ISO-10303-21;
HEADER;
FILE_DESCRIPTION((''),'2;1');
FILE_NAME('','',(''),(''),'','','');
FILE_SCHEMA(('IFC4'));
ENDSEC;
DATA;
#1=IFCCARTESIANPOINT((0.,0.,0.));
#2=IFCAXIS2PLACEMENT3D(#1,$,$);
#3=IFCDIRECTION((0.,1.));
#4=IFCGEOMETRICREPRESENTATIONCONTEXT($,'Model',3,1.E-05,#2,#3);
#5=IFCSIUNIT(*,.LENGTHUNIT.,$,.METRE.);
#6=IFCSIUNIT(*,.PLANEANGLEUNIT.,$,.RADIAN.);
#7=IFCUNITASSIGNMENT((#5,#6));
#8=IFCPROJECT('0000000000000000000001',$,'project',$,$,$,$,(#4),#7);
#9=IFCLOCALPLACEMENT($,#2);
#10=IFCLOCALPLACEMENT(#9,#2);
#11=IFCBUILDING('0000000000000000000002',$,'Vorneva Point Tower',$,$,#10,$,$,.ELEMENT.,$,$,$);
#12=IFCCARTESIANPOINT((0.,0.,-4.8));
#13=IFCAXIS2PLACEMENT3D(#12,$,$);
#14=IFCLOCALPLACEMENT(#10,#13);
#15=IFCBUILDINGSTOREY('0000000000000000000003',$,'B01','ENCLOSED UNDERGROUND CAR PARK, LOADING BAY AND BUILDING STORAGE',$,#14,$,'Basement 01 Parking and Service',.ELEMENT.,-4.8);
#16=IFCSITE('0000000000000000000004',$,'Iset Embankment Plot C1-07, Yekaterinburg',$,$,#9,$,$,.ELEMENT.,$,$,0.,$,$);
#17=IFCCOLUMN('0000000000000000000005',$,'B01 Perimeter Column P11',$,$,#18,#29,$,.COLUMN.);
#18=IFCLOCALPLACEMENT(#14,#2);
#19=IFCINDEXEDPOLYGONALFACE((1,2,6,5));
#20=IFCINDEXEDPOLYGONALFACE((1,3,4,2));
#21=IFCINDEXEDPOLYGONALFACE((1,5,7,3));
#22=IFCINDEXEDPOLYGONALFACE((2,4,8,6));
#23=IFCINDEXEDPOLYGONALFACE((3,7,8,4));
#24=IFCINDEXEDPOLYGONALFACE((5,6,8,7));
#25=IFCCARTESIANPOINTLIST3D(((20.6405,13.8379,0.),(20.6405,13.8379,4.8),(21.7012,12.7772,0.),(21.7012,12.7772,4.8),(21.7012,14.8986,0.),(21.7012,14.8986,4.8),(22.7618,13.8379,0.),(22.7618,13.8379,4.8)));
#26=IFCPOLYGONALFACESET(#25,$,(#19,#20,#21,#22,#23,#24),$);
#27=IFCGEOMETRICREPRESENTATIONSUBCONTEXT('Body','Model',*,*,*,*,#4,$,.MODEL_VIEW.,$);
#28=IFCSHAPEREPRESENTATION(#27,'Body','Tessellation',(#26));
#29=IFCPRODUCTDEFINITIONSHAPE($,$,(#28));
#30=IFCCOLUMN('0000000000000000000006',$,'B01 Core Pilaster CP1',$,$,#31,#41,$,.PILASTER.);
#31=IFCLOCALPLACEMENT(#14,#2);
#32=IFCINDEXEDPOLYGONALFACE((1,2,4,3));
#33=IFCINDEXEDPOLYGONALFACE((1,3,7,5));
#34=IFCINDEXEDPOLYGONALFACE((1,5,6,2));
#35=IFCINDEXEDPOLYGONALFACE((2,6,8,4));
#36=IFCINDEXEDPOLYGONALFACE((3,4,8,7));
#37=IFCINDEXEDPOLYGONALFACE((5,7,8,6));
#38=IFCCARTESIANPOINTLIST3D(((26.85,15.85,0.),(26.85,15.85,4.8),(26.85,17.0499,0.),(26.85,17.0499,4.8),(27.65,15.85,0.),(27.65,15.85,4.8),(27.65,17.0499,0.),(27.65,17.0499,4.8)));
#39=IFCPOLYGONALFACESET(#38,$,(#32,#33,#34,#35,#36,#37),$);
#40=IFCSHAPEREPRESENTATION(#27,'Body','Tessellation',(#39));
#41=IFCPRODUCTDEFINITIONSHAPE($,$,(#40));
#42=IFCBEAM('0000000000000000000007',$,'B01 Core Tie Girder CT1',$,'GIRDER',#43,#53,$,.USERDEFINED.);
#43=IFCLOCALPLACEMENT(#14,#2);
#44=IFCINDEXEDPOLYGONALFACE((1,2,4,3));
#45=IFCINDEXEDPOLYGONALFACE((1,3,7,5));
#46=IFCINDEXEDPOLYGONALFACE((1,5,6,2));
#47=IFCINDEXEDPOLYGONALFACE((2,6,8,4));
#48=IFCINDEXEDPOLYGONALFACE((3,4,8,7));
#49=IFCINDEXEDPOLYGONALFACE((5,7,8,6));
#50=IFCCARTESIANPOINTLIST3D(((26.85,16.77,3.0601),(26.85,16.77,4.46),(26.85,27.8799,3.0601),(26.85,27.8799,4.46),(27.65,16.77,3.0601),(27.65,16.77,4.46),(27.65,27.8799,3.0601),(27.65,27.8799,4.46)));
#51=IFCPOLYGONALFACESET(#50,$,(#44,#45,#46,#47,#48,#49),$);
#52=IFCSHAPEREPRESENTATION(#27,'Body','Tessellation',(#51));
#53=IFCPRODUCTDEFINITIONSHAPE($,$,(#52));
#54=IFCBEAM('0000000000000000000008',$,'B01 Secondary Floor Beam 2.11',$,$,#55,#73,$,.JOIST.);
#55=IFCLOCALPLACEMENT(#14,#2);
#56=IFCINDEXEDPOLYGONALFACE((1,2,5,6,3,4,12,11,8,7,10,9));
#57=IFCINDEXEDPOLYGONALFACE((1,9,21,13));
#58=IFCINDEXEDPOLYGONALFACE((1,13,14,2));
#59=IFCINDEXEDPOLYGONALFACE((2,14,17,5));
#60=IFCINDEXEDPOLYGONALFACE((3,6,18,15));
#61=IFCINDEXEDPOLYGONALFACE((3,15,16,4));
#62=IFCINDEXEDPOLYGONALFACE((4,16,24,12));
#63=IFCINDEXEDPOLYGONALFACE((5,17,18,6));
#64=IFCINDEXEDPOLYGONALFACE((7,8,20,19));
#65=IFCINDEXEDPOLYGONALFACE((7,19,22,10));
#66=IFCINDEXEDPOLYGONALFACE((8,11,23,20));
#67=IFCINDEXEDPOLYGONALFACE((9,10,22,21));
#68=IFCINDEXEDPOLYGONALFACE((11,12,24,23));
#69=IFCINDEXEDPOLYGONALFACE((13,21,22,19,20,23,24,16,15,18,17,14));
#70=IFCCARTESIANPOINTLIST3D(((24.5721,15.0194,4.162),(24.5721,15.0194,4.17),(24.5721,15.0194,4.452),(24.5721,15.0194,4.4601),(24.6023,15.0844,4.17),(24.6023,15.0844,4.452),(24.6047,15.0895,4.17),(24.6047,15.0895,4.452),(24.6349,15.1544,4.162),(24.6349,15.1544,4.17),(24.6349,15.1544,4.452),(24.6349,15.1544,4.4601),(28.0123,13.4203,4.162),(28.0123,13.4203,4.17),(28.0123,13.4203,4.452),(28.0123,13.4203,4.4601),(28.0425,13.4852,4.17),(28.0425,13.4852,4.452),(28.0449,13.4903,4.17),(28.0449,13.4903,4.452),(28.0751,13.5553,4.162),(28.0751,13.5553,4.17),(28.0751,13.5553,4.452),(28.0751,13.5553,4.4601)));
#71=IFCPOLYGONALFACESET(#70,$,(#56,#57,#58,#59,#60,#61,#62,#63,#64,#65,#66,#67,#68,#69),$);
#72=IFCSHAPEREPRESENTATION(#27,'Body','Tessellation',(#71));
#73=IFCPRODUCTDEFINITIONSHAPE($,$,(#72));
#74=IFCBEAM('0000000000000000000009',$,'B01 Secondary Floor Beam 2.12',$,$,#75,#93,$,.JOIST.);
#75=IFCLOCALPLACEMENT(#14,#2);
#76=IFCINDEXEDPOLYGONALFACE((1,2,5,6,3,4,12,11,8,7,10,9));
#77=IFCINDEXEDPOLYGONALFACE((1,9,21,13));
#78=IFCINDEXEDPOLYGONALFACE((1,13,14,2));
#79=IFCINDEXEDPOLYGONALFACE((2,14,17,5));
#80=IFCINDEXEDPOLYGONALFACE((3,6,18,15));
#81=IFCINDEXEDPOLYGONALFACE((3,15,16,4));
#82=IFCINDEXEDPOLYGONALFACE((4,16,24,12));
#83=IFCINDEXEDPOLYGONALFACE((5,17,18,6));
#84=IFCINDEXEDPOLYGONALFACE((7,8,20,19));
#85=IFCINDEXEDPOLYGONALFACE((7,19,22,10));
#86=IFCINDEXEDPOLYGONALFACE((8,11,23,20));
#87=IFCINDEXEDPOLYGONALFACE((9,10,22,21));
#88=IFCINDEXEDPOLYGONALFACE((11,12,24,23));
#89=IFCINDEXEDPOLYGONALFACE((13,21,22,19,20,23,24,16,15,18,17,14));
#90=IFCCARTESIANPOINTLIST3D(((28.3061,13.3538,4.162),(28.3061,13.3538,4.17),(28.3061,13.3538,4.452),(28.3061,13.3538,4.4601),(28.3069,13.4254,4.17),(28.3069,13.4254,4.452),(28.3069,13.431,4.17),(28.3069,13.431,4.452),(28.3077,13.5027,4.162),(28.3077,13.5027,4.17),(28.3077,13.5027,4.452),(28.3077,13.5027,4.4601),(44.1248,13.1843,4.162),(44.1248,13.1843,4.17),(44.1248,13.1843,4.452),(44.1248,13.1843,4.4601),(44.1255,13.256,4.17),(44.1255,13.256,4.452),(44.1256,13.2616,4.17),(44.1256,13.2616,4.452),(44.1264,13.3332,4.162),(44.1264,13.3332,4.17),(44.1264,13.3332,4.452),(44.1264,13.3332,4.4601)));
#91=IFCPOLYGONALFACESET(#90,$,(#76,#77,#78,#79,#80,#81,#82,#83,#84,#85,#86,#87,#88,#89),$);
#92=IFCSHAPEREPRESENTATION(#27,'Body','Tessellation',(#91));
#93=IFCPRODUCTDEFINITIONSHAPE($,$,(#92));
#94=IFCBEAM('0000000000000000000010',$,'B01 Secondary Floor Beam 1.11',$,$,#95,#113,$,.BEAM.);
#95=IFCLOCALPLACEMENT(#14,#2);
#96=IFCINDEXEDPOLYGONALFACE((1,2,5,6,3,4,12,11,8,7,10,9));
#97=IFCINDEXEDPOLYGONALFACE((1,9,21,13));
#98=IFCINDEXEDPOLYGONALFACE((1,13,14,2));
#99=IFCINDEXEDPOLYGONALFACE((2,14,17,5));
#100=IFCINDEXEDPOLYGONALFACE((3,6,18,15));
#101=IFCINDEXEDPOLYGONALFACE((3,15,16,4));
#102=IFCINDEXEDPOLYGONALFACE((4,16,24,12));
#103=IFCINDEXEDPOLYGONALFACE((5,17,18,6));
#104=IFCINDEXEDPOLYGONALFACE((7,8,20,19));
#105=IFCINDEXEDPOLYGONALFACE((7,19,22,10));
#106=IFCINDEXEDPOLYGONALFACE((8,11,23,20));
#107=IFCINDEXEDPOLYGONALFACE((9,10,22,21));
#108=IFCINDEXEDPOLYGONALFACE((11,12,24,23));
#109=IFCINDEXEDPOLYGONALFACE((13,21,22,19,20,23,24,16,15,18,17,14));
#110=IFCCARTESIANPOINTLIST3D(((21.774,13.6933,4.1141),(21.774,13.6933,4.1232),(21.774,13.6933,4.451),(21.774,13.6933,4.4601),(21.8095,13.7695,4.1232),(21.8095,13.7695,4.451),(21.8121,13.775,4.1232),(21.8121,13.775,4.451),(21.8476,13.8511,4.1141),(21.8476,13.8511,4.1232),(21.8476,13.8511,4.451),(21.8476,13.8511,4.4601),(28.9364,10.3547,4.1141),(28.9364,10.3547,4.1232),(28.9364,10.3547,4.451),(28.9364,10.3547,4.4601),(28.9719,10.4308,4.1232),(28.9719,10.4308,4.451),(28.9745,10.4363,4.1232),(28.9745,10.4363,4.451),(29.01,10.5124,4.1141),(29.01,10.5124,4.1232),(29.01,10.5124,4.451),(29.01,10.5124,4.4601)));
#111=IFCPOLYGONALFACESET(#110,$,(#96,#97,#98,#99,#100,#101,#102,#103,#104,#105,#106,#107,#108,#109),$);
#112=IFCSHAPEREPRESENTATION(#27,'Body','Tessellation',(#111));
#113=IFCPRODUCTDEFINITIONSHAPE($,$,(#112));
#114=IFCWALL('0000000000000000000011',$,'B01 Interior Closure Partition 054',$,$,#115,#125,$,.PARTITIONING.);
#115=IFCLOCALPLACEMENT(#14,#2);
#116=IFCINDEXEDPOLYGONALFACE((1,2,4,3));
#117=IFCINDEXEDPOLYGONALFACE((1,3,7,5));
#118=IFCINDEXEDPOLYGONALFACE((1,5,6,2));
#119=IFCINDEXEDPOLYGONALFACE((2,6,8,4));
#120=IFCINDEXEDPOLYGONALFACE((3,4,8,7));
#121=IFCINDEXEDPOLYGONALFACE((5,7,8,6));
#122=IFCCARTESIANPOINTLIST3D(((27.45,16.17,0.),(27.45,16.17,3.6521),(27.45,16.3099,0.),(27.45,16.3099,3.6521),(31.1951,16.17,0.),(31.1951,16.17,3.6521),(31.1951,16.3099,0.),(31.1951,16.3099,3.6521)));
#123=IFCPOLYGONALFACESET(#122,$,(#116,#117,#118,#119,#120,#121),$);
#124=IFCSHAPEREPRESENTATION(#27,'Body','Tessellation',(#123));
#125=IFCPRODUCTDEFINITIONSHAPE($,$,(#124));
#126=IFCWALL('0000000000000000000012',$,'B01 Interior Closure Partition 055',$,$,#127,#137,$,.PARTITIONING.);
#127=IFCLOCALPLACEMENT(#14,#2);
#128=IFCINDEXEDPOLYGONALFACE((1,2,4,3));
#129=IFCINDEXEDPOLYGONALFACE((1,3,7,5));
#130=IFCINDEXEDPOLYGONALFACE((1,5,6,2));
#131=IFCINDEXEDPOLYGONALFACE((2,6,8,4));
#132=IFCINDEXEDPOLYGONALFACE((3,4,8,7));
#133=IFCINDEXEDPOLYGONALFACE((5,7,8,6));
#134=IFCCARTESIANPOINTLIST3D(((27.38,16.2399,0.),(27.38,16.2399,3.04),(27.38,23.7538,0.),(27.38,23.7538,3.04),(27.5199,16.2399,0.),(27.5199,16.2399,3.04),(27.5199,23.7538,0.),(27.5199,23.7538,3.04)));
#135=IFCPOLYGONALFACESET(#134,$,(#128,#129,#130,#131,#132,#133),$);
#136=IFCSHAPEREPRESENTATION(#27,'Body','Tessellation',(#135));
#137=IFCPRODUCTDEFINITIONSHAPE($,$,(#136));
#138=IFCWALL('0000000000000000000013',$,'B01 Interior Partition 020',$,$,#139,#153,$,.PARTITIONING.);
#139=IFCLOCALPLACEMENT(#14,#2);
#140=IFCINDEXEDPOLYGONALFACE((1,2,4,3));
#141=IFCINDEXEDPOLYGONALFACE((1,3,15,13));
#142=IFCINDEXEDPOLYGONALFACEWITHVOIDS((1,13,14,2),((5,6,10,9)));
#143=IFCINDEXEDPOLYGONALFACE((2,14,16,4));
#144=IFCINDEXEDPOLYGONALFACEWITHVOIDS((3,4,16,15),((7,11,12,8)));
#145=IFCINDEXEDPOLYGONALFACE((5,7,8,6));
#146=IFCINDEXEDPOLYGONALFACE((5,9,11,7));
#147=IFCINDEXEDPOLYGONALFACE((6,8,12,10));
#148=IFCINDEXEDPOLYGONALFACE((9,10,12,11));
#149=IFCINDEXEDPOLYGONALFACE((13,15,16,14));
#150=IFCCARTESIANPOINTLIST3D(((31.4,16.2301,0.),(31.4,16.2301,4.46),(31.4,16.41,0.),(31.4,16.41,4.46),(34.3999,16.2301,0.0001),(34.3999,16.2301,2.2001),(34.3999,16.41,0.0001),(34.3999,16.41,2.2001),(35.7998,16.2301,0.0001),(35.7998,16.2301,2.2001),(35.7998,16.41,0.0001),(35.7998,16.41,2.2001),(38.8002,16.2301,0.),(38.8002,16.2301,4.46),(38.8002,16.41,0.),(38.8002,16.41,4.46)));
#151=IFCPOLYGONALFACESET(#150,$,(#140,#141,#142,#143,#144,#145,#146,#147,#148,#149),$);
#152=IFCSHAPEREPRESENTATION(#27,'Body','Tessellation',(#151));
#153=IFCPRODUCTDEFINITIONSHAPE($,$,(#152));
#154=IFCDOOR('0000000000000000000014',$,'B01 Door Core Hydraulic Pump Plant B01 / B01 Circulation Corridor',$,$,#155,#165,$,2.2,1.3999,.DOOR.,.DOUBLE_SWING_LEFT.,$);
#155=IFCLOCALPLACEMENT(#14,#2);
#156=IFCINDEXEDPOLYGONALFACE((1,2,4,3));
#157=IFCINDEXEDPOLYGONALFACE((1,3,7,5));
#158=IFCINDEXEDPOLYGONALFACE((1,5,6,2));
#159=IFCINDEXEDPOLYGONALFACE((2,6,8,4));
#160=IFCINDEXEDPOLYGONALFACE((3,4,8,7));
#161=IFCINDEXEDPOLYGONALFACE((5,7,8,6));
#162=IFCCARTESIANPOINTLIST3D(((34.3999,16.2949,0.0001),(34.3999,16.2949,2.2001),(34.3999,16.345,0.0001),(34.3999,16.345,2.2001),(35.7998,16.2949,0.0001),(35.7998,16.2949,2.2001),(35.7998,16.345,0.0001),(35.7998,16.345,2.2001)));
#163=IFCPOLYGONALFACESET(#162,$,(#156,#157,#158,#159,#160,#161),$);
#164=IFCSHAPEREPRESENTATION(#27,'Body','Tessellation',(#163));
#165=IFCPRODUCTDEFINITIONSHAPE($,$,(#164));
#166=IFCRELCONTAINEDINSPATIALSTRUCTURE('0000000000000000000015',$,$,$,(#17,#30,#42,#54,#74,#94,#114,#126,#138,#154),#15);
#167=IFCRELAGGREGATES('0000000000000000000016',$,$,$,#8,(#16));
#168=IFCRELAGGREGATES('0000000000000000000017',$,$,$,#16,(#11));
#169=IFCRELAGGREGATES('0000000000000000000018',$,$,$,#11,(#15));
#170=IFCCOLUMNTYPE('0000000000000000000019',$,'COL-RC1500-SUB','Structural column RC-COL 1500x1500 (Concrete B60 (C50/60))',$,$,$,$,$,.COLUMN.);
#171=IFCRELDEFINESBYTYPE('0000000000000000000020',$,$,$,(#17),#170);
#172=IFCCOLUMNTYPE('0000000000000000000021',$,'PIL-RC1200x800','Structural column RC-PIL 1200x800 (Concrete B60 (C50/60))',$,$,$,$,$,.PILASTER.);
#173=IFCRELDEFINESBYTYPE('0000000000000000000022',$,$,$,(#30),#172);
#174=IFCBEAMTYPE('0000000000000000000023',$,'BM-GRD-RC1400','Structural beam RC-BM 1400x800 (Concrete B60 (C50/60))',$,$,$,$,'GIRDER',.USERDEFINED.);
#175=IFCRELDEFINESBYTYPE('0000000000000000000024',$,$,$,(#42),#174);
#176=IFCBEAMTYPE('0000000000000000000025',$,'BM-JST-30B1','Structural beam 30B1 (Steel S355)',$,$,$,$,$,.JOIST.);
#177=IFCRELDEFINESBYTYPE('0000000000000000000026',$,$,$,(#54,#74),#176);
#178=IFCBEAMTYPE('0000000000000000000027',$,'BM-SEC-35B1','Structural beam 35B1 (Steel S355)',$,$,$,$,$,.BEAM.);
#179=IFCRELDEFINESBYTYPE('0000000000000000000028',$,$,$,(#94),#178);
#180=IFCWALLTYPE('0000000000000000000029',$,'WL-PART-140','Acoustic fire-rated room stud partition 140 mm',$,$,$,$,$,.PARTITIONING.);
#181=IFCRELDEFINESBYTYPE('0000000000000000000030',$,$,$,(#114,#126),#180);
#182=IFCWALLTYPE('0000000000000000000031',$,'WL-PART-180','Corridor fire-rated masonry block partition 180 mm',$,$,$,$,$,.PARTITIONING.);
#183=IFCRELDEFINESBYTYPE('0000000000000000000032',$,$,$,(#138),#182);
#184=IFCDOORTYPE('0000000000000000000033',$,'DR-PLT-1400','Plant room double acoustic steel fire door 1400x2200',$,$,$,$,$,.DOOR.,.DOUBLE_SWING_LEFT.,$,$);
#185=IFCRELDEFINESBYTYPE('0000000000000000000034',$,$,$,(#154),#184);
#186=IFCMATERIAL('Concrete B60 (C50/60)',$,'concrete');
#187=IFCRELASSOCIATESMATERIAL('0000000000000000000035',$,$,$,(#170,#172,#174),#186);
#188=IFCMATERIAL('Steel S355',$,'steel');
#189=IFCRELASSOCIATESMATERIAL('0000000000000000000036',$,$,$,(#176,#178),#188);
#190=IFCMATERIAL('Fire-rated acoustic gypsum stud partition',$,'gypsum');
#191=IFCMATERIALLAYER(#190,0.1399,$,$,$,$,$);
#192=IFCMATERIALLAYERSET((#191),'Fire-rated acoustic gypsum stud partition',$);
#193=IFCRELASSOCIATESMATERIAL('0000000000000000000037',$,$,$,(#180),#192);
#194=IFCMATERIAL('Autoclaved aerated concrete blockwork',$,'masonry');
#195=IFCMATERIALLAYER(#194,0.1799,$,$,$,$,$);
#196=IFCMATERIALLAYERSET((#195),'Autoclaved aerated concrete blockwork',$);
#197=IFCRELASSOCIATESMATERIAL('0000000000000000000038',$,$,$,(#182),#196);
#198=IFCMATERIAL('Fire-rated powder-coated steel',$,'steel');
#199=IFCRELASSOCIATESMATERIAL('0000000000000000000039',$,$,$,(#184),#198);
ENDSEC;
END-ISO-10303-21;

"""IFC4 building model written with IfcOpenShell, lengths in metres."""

from ifc_helpers import new_model, si_unit, direction, frame, frame_2d, origin, origin_2d, place, context, subcontext, project, spatial, rectangle, i_section, extrude, material, layer, layer_set, material_profile, profile_set, type_object, element, fill, save


model = new_model("IFC4")

# Units and contexts
model_context = context("Model", 3, precision=1e-05, world=origin(), true_north=direction((0.0, 1.0)))
body_context = subcontext(model_context, "Body", "Model", "MODEL_VIEW")
ifc_project = project(units=[si_unit("LENGTHUNIT", "METRE"), si_unit("PLANEANGLEUNIT", "RADIAN")], contexts=[model_context])

# Site, building, storey
site_placement = place(None, origin())
site = spatial("IfcSite", under=ifc_project, at=site_placement, Name="Iset Embankment Plot C1-07, Yekaterinburg", CompositionType="ELEMENT", RefElevation=0.0)
building_placement = place(site_placement, origin())
building = spatial("IfcBuilding", under=site, at=building_placement, Name="Vorneva Point Tower", CompositionType="ELEMENT")
storey_placement = place(building_placement, frame((0.0, 0.0, -4.8)))
storey = spatial("IfcBuildingStorey", under=building, at=storey_placement, Name="B01", Description="ENCLOSED UNDERGROUND CAR PARK, LOADING BAY AND BUILDING STORAGE", LongName="Basement 01 Parking and Service", CompositionType="ELEMENT", Elevation=-4.8)

# Columns
ifc_material_1 = material(Name="Concrete B60 (C50/60)", Category="concrete")
ifc_material_profile_1 = material_profile(ifc_material_1, rectangle(XDim=1.5, YDim=1.5, at=origin_2d()), Name="RC-COL 1500x1500")
ifc_profile_set_1 = profile_set([ifc_material_profile_1], Name="Concrete B60 (C50/60)")
column_type_1 = type_object("IfcColumnType", Name="COL-RC1500-SUB", Description="Structural column RC-COL 1500x1500 (Concrete B60 (C50/60))", PredefinedType="COLUMN", material=ifc_profile_set_1)
column_1_placement = place(storey_placement, frame((21.7012, 13.8379, 0.0), z_axis=(0.0, 0.0, 1.0), x_axis=(-0.707107, -0.707107, 0.0)))
element("IfcColumn", 1, at=column_1_placement, inside=storey, type_object=column_type_1, Name="B01 Perimeter Column P11", PredefinedType="COLUMN", context=body_context, shape_type="SweptSolid", body=[
    extrude(rectangle(XDim=1.5, YDim=1.5, at=origin_2d()), origin(), (0.0, 0.0, 1.0), 4.8),
])
ifc_material_profile_2 = material_profile(ifc_material_1, rectangle(XDim=0.8, YDim=1.2, at=origin_2d()), Name="RC-PIL 1200x800")
ifc_profile_set_2 = profile_set([ifc_material_profile_2], Name="Concrete B60 (C50/60)")
column_type_2 = type_object("IfcColumnType", Name="PIL-RC1200x800", Description="Structural column RC-PIL 1200x800 (Concrete B60 (C50/60))", PredefinedType="PILASTER", material=ifc_profile_set_2)
column_2_placement = place(storey_placement, frame((27.25, 16.45, 0.0), z_axis=(0.0, 0.0, 1.0), x_axis=(1.0, 0.0, 0.0)))
element("IfcColumn", 2, at=column_2_placement, inside=storey, type_object=column_type_2, Name="B01 Core Pilaster CP1", PredefinedType="PILASTER", context=body_context, shape_type="SweptSolid", body=[
    extrude(rectangle(XDim=0.8, YDim=1.2, at=origin_2d()), origin(), (0.0, 0.0, 1.0), 4.8),
])

# Beams
ifc_material_profile_3 = material_profile(ifc_material_1, rectangle(XDim=0.8, YDim=1.3999, at=origin_2d()), Name="RC-BM 1400x800")
ifc_profile_set_3 = profile_set([ifc_material_profile_3], Name="Concrete B60 (C50/60)")
beam_type_1 = type_object("IfcBeamType", Name="BM-GRD-RC1400", Description="Structural beam RC-BM 1400x800 (Concrete B60 (C50/60))", ElementType="GIRDER", PredefinedType="USERDEFINED", material=ifc_profile_set_3)
beam_1_placement = place(storey_placement, frame((27.25, 16.77, 3.76), z_axis=(0.0, 1.0, 0.0), x_axis=(-1.0, 0.0, 0.0)))
element("IfcBeam", 3, at=beam_1_placement, inside=storey, type_object=beam_type_1, Name="B01 Core Tie Girder CT1", ObjectType="GIRDER", PredefinedType="USERDEFINED", context=body_context, shape_type="SweptSolid", body=[
    extrude(rectangle(XDim=0.8, YDim=1.3999, at=origin_2d()), origin(), (0.0, 0.0, 1.0), 11.1099),
])
ifc_material_2 = material(Name="Steel S355", Category="steel")
ifc_material_profile_4 = material_profile(ifc_material_2, i_section(OverallWidth=0.1489, OverallDepth=0.2981, WebThickness=0.0056, FlangeThickness=0.0081, at=origin_2d()), Name="30B1")
ifc_profile_set_4 = profile_set([ifc_material_profile_4], Name="Steel S355")
beam_type_2 = type_object("IfcBeamType", Name="BM-JST-30B1", Description="Structural beam 30B1 (Steel S355)", PredefinedType="JOIST", material=ifc_profile_set_4)
beam_2_placement = place(storey_placement, frame((24.6035, 15.0869, 4.311), z_axis=(0.906818, -0.421522, 0.0), x_axis=(0.421522, 0.906818, 0.0)))
element("IfcBeam", 4, at=beam_2_placement, inside=storey, type_object=beam_type_2, Name="B01 Secondary Floor Beam 2.11", PredefinedType="JOIST", context=body_context, shape_type="SweptSolid", body=[
    extrude(i_section(OverallWidth=0.1489, OverallDepth=0.2981, WebThickness=0.0056, FlangeThickness=0.0081, at=origin_2d()), origin(), (0.0, 0.0, 1.0), 3.7937),
])
beam_3_placement = place(storey_placement, frame((28.3069, 13.4282, 4.311), z_axis=(0.999943, -0.01071, 0.0), x_axis=(0.01071, 0.999943, 0.0)))
element("IfcBeam", 5, at=beam_3_placement, inside=storey, type_object=beam_type_2, Name="B01 Secondary Floor Beam 2.12", PredefinedType="JOIST", context=body_context, shape_type="SweptSolid", body=[
    extrude(i_section(OverallWidth=0.1489, OverallDepth=0.2981, WebThickness=0.0056, FlangeThickness=0.0081, at=origin_2d()), origin(), (0.0, 0.0, 1.0), 15.8196),
])
ifc_material_profile_5 = material_profile(ifc_material_2, i_section(OverallWidth=0.1741, OverallDepth=0.3459, WebThickness=0.0061, FlangeThickness=0.009, at=origin_2d()), Name="35B1")
ifc_profile_set_5 = profile_set([ifc_material_profile_5], Name="Steel S355")
beam_type_3 = type_object("IfcBeamType", Name="BM-SEC-35B1", Description="Structural beam 35B1 (Steel S355)", PredefinedType="BEAM", material=ifc_profile_set_5)
beam_4_placement = place(storey_placement, frame((21.8108, 13.7722, 4.2871), z_axis=(0.906368, -0.42249, 0.0), x_axis=(0.42249, 0.906368, 0.0)))
element("IfcBeam", 6, at=beam_4_placement, inside=storey, type_object=beam_type_3, Name="B01 Secondary Floor Beam 1.11", PredefinedType="BEAM", context=body_context, shape_type="SweptSolid", body=[
    extrude(i_section(OverallWidth=0.1741, OverallDepth=0.3459, WebThickness=0.0061, FlangeThickness=0.009, at=origin_2d()), origin(), (0.0, 0.0, 1.0), 7.9023),
])

# Walls
ifc_material_3 = material(Name="Fire-rated acoustic gypsum stud partition", Category="gypsum")
ifc_layer_1 = layer(ifc_material_3, 0.1399)
ifc_layer_set_1 = layer_set([ifc_layer_1], Name="Fire-rated acoustic gypsum stud partition")
wall_type_1 = type_object("IfcWallType", Name="WL-PART-140", Description="Acoustic fire-rated room stud partition 140 mm", PredefinedType="PARTITIONING", material=ifc_layer_set_1)
wall_1_placement = place(storey_placement, frame((31.1951, 16.24, 0.0), z_axis=(0.0, 0.0, 1.0), x_axis=(-1.0, 0.0, 0.0)))
element("IfcWall", 7, at=wall_1_placement, inside=storey, type_object=wall_type_1, Name="B01 Interior Closure Partition 054", PredefinedType="PARTITIONING", context=body_context, shape_type="SweptSolid", body=[
    extrude(rectangle(XDim=3.7451, YDim=0.1399, at=frame_2d((1.8726, 0.0))), origin(), (0.0, 0.0, 1.0), 3.6521),
])
wall_2_placement = place(storey_placement, frame((27.45, 16.24, 0.0), z_axis=(0.0, 0.0, 1.0), x_axis=(0.0, 1.0, 0.0)))
element("IfcWall", 8, at=wall_2_placement, inside=storey, type_object=wall_type_1, Name="B01 Interior Closure Partition 055", PredefinedType="PARTITIONING", context=body_context, shape_type="SweptSolid", body=[
    extrude(rectangle(XDim=7.5139, YDim=0.1399, at=frame_2d((3.7568, 0.0))), origin(), (0.0, 0.0, 1.0), 3.04),
])

# Wall, opening, door
ifc_material_4 = material(Name="Autoclaved aerated concrete blockwork", Category="masonry")
ifc_layer_2 = layer(ifc_material_4, 0.1799)
ifc_layer_set_2 = layer_set([ifc_layer_2], Name="Autoclaved aerated concrete blockwork")
wall_type_2 = type_object("IfcWallType", Name="WL-PART-180", Description="Corridor fire-rated masonry block partition 180 mm", PredefinedType="PARTITIONING", material=ifc_layer_set_2)
wall_3_placement = place(storey_placement, frame((31.3999, 16.3201, 0.0), z_axis=(0.0, 0.0, 1.0), x_axis=(1.0, 0.0, 0.0)))
wall_3 = element("IfcWall", 9, at=wall_3_placement, inside=storey, type_object=wall_type_2, Name="B01 Interior Partition 020", PredefinedType="PARTITIONING", context=body_context, shape_type="SweptSolid", body=[
    extrude(rectangle(XDim=7.4001, YDim=0.1799, at=frame_2d((3.7002, 0.0))), origin(), (0.0, 0.0, 1.0), 4.46),
])
opening_1_placement = place(wall_3_placement, frame((3.0, 0.0, 0.0)))
opening_1 = element("IfcOpeningElement", 10, at=opening_1_placement, cuts=wall_3, PredefinedType="OPENING", context=body_context, shape_type="SweptSolid", body=[
    extrude(rectangle(XDim=1.3999, YDim=2.2, at=frame_2d((0.7, 1.1001))), frame((0.0, 0.105, 0.0), z_axis=(0.0, -1.0, 0.0), x_axis=(1.0, 0.0, 0.0)), (0.0, 0.0, 1.0), 0.2097),
])
ifc_material_5 = material(Name="Fire-rated powder-coated steel", Category="steel")
door_type_1 = type_object("IfcDoorType", Name="DR-PLT-1400", Description="Plant room double acoustic steel fire door 1400x2200", OperationType="DOUBLE_SWING_LEFT", PredefinedType="DOOR", material=ifc_material_5)
door_1_placement = place(opening_1_placement, origin())
door_1 = element("IfcDoor", 11, at=door_1_placement, inside=storey, type_object=door_type_1, Name="B01 Door Core Hydraulic Pump Plant B01 / B01 Circulation Corridor", OperationType="DOUBLE_SWING_LEFT", OverallHeight=2.2, OverallWidth=1.3999, PredefinedType="DOOR", context=body_context, shape_type="SweptSolid", body=[
    extrude(rectangle(XDim=1.3999, YDim=2.2, at=frame_2d((0.7, 1.1001))), frame((0.0, 0.0249, 0.0), z_axis=(0.0, -1.0, 0.0), x_axis=(1.0, 0.0, 0.0)), (0.0, 0.0, 1.0), 0.05),
])
fill(opening_1, door_1)

save(model, "model.ifc")
